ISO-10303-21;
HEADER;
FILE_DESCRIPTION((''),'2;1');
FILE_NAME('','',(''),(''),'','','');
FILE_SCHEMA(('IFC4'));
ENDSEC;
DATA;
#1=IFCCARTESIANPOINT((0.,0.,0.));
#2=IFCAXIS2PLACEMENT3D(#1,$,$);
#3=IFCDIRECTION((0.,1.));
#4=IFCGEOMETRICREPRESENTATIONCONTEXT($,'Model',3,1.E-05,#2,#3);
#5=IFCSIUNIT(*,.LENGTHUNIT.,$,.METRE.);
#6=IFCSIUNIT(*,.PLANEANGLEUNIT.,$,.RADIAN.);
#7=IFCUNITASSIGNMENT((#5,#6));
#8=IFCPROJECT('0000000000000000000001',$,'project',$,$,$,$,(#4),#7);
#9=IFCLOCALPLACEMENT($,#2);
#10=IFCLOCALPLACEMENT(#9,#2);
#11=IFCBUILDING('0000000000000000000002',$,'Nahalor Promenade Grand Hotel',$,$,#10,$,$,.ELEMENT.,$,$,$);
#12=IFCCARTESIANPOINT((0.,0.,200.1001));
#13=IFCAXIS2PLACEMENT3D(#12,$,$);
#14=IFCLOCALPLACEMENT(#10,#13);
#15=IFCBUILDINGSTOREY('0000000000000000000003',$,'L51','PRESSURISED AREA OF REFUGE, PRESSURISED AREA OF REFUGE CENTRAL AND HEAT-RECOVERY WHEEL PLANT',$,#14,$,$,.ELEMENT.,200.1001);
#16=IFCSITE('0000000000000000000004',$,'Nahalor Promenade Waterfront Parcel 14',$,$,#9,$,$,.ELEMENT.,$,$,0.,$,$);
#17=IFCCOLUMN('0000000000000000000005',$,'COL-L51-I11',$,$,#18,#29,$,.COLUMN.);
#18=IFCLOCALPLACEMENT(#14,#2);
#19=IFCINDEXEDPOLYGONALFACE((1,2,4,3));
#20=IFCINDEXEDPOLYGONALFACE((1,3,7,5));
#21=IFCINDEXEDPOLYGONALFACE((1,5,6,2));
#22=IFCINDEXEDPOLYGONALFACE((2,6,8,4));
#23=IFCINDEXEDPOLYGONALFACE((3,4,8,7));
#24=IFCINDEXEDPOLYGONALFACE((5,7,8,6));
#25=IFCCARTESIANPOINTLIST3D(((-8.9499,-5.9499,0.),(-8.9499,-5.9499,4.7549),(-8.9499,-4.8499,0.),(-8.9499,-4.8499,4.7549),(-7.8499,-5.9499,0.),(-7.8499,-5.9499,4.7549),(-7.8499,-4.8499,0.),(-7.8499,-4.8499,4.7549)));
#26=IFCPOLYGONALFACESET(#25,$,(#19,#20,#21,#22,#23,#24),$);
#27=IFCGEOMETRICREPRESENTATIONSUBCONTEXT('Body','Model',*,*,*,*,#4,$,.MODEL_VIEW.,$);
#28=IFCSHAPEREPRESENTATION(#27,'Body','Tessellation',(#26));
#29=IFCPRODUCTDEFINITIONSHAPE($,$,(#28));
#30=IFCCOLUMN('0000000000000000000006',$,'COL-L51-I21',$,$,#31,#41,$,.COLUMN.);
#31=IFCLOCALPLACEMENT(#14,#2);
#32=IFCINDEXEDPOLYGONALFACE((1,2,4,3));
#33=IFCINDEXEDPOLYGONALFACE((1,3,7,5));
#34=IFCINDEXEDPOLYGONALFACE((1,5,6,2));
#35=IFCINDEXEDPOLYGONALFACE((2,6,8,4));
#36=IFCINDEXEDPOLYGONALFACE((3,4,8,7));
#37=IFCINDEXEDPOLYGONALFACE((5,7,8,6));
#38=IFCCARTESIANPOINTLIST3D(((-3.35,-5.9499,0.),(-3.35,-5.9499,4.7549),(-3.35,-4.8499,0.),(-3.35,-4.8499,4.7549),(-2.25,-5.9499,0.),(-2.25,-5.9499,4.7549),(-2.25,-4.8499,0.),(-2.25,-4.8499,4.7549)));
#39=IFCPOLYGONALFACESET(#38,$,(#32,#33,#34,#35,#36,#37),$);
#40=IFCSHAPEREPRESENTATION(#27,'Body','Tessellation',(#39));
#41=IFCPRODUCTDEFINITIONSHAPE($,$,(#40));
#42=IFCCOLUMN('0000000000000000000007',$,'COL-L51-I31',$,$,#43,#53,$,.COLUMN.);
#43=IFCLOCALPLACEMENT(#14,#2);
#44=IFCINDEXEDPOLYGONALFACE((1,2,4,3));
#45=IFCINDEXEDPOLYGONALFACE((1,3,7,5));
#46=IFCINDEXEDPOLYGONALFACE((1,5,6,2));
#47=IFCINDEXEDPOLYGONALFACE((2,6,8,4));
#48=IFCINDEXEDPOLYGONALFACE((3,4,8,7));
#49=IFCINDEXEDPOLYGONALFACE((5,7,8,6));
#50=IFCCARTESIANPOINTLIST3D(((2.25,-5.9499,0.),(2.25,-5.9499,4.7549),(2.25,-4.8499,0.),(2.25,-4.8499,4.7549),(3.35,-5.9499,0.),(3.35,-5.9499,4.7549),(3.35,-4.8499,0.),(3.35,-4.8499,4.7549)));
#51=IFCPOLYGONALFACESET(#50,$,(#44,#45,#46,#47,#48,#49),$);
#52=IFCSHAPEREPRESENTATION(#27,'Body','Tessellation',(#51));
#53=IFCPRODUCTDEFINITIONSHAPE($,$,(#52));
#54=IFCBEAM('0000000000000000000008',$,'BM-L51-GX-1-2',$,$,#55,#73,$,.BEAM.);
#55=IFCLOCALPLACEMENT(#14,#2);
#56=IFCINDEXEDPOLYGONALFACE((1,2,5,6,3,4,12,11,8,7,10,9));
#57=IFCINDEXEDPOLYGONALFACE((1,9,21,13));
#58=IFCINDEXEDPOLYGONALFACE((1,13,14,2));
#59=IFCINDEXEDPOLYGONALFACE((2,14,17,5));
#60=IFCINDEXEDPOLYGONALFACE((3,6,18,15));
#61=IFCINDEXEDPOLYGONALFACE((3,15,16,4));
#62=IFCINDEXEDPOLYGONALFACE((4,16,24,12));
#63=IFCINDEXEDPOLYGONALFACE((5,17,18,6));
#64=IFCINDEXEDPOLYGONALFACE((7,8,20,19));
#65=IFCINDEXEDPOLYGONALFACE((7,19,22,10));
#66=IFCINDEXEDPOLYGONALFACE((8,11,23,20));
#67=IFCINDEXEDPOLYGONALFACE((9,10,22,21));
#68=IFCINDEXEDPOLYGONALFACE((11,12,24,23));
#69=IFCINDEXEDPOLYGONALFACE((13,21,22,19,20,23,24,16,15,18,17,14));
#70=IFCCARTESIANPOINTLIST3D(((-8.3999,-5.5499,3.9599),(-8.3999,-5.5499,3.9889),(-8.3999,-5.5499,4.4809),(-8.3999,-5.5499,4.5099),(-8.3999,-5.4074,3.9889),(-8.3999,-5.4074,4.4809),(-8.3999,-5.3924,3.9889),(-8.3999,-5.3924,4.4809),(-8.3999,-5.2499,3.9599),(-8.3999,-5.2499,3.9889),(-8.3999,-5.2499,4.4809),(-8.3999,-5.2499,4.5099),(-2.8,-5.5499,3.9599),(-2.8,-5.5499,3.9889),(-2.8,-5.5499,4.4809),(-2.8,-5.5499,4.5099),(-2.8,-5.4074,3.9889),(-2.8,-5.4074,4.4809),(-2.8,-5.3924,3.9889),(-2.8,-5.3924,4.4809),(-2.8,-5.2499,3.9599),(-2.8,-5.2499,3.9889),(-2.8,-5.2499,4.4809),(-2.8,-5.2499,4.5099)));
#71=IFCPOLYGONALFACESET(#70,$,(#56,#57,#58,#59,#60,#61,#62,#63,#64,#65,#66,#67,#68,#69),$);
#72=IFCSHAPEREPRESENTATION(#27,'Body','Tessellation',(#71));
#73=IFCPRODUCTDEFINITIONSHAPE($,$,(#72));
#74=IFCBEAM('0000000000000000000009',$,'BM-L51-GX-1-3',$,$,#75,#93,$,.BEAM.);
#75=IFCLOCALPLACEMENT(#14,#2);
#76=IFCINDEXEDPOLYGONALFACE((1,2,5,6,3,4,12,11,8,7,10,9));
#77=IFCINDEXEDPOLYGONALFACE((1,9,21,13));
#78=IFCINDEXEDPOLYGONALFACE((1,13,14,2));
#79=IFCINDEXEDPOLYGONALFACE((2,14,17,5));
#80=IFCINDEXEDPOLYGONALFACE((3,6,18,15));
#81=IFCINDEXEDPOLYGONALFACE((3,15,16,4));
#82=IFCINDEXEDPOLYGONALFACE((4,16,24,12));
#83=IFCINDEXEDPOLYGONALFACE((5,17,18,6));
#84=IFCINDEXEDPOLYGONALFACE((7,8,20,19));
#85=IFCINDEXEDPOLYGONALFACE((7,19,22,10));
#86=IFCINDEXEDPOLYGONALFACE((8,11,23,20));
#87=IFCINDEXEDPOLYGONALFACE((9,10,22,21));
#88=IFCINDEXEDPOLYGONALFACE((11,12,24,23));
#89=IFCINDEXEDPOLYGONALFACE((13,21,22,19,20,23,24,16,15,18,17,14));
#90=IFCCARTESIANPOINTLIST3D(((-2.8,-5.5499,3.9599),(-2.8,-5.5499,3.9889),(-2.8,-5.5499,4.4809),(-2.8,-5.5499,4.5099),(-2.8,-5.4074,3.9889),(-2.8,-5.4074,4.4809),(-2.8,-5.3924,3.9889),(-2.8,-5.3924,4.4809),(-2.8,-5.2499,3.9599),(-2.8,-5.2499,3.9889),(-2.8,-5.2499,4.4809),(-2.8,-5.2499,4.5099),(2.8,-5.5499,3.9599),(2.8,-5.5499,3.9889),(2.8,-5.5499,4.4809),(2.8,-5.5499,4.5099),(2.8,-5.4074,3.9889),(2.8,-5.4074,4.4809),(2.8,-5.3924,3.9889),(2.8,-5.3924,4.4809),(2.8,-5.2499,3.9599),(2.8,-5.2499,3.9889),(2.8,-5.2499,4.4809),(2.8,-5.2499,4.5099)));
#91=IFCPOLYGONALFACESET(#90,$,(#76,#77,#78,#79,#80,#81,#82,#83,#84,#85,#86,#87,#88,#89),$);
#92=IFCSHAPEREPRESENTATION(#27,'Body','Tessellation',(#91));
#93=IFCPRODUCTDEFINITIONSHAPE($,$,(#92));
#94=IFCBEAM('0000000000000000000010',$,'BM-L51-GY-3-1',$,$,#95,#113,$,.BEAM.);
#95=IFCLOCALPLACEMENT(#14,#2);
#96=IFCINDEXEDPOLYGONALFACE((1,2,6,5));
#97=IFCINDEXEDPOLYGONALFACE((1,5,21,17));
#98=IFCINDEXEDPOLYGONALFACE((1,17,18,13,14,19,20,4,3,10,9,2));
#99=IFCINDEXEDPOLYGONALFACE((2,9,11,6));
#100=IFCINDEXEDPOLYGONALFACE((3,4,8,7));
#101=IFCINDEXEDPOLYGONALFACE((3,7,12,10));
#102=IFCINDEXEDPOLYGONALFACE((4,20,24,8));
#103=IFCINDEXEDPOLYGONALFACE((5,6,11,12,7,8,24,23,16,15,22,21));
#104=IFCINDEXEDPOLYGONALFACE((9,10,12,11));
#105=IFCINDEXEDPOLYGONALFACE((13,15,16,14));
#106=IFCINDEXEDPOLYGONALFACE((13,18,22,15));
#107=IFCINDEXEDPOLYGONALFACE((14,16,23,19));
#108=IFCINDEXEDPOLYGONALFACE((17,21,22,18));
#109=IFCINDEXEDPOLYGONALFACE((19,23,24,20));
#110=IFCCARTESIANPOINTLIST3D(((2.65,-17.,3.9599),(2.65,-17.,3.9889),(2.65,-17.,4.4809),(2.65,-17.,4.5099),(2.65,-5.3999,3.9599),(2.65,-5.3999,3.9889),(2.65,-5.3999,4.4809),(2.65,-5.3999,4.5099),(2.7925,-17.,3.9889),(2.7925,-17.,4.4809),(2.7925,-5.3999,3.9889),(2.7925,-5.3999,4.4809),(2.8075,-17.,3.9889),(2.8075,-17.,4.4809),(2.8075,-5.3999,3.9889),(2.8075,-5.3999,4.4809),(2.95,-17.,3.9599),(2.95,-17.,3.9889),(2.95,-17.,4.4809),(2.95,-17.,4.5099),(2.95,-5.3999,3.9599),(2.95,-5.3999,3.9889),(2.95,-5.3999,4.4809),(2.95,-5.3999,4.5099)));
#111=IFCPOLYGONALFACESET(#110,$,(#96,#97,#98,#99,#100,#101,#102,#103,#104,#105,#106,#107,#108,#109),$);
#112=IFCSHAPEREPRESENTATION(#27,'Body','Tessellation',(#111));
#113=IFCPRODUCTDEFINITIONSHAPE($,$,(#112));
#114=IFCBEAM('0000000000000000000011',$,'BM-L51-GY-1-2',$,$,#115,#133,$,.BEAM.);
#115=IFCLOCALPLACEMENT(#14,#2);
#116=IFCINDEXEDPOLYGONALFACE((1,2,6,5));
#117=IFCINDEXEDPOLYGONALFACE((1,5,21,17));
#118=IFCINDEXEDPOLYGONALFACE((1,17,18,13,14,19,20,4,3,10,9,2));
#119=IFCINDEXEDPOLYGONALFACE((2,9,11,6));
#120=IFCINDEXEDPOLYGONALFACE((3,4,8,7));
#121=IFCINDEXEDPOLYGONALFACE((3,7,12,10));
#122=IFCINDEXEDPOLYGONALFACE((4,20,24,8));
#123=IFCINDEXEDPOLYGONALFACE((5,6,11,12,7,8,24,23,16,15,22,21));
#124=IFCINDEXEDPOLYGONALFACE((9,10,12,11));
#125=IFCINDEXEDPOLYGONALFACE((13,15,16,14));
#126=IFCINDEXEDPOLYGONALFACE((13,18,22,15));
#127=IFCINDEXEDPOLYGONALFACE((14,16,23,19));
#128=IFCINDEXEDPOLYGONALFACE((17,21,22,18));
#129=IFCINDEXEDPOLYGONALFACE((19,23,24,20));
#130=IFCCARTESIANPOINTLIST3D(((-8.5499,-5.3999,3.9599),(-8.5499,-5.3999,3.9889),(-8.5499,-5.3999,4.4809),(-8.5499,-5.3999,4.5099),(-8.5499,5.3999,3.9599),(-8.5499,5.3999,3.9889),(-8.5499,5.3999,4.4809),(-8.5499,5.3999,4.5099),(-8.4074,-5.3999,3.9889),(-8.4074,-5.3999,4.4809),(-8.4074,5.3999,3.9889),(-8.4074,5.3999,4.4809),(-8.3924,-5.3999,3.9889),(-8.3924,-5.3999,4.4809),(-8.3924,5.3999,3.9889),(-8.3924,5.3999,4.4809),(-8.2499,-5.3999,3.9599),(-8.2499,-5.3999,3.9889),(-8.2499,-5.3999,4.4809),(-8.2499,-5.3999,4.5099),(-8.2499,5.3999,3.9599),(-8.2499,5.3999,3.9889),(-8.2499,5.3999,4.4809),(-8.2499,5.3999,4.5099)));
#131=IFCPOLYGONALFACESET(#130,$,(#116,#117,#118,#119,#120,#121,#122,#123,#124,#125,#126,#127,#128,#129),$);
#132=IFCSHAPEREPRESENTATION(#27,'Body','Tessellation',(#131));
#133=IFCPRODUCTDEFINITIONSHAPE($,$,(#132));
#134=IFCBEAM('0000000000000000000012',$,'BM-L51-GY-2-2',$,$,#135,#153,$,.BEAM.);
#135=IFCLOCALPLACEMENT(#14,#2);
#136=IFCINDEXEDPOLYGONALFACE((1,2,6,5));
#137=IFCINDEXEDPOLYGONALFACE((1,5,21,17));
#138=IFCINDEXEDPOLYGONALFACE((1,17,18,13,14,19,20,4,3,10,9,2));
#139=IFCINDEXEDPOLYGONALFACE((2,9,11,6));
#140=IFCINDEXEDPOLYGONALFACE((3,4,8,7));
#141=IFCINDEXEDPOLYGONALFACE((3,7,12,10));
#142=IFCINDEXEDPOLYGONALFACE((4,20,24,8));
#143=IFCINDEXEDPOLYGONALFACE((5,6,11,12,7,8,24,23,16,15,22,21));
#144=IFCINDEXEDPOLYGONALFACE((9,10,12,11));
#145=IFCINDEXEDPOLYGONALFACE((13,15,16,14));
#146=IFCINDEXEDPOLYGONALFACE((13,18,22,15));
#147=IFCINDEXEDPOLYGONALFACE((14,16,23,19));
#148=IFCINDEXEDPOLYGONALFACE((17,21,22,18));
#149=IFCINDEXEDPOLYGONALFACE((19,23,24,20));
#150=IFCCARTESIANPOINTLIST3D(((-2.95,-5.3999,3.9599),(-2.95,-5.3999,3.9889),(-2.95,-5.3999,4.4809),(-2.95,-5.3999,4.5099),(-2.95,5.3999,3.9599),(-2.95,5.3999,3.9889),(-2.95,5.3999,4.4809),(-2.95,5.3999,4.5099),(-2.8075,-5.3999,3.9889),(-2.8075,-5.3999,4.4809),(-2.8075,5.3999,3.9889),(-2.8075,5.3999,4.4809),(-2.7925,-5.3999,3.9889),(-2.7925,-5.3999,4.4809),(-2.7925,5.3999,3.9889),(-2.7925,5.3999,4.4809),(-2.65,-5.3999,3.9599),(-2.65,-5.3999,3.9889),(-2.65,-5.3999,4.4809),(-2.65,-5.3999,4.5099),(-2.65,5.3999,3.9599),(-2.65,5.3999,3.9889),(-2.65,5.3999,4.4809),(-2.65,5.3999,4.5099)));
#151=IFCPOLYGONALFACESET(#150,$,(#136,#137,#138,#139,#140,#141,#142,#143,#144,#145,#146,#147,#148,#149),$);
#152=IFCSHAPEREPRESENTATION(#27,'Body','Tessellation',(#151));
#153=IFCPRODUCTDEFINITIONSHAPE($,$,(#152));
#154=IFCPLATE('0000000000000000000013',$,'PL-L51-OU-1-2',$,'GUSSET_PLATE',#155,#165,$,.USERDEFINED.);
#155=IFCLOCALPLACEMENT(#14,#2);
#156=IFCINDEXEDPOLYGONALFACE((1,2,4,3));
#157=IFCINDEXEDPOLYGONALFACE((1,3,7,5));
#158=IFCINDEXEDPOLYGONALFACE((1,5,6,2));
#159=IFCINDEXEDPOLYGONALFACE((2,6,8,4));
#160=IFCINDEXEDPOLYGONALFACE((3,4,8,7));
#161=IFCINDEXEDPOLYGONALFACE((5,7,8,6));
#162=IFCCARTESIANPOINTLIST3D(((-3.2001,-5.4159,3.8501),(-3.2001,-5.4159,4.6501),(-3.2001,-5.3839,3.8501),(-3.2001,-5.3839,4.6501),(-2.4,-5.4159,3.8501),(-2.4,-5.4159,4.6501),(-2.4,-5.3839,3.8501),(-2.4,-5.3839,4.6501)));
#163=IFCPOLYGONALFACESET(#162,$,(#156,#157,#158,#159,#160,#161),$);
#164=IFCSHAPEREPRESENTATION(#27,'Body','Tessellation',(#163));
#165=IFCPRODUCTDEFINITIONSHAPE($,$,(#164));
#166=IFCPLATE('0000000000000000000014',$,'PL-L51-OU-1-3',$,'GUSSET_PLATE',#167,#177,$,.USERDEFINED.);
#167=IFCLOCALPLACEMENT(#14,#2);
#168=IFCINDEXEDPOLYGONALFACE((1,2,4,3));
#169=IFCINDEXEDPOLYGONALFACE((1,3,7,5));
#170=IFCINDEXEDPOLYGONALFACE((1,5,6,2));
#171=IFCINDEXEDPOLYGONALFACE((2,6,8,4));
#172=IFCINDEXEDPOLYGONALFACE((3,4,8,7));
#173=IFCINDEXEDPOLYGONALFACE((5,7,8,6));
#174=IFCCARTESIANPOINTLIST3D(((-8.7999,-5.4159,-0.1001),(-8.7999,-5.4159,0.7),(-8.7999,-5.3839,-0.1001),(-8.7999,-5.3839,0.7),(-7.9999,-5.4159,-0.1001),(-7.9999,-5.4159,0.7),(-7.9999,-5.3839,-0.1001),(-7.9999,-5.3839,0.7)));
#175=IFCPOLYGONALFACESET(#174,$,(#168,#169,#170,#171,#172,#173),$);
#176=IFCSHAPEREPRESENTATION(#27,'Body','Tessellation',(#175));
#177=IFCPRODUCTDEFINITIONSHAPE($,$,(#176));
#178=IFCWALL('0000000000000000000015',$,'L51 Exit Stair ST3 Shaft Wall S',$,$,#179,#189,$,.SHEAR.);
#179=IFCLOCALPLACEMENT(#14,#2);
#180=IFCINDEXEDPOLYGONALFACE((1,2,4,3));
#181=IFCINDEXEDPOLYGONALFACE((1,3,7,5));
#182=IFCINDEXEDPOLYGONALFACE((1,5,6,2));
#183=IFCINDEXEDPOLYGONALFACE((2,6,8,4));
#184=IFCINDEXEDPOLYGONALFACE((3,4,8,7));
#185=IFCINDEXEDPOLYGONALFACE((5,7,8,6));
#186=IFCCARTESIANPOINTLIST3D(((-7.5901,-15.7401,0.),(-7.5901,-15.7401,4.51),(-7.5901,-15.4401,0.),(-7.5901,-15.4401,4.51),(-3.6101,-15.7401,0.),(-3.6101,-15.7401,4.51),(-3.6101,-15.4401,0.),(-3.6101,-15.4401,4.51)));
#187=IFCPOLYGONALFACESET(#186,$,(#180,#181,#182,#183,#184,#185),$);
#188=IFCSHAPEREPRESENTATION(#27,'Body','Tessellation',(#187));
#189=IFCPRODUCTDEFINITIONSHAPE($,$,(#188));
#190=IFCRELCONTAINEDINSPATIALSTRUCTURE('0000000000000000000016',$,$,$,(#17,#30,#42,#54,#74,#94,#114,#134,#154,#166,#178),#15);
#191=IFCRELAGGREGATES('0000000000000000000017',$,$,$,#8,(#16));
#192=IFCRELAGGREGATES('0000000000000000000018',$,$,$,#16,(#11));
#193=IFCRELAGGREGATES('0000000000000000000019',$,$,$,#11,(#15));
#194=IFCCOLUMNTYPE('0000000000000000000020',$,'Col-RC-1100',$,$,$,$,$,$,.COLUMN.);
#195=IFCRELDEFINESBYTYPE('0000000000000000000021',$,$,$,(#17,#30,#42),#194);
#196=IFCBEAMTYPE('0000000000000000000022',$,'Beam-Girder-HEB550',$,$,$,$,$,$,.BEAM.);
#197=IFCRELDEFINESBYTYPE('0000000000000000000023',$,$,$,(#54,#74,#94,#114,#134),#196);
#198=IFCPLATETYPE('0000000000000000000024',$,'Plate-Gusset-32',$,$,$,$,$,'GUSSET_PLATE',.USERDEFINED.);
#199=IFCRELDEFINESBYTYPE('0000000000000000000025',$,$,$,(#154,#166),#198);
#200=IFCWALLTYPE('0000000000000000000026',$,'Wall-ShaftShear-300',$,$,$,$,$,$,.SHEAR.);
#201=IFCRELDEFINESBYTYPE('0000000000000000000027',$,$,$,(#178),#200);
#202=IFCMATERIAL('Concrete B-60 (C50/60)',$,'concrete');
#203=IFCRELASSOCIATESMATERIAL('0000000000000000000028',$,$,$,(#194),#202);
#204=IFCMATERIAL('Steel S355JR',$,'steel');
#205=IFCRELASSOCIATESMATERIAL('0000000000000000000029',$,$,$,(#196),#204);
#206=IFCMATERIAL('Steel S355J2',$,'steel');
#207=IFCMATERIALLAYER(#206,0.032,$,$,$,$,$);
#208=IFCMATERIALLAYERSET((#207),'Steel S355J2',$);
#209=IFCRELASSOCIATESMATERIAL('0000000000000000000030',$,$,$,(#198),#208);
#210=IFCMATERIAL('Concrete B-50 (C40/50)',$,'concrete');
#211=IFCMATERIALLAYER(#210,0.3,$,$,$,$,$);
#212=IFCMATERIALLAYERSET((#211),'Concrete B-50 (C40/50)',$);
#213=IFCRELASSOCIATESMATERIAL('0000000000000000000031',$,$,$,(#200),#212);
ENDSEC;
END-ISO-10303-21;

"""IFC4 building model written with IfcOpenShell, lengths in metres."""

from ifc_helpers import new_model, si_unit, direction, frame, frame_2d, origin, origin_2d, place, context, subcontext, project, spatial, rectangle, i_section, extrude, source, transform, mapped, material, layer, layer_set, material_profile, profile_set, type_object, element, save


model = new_model("IFC4")

# Units and contexts
model_context = context("Model", 3, precision=1e-05, world=origin(), true_north=direction((0.0, 1.0)))
body_context = subcontext(model_context, "Body", "Model", "MODEL_VIEW")
ifc_project = project(units=[si_unit("LENGTHUNIT", "METRE"), si_unit("PLANEANGLEUNIT", "RADIAN")], contexts=[model_context])

# Site, building, storey
site_placement = place(None, origin())
site = spatial("IfcSite", under=ifc_project, at=site_placement, Name="Nahalor Promenade Waterfront Parcel 14", CompositionType="ELEMENT", RefElevation=0.0)
building_placement = place(site_placement, origin())
building = spatial("IfcBuilding", under=site, at=building_placement, Name="Nahalor Promenade Grand Hotel", CompositionType="ELEMENT")
storey_placement = place(building_placement, frame((0.0, 0.0, 200.1001)))
storey = spatial("IfcBuildingStorey", under=building, at=storey_placement, Name="L51", Description="PRESSURISED AREA OF REFUGE, PRESSURISED AREA OF REFUGE CENTRAL AND HEAT-RECOVERY WHEEL PLANT", CompositionType="ELEMENT", Elevation=200.1001)

# Columns
ifc_material_1 = material(Name="Concrete B-60 (C50/60)", Category="concrete")
ifc_material_profile_1 = material_profile(ifc_material_1, rectangle(XDim=1.1, YDim=1.1, at=origin_2d()), Name="RC 1100x1100")
ifc_profile_set_1 = profile_set([ifc_material_profile_1], Name="Concrete B-60 (C50/60)")
column_type = type_object("IfcColumnType", Name="Col-RC-1100", PredefinedType="COLUMN", material=ifc_profile_set_1)
shared_shape_1 = source(origin(), body_context, "Body", "SweptSolid", [
    extrude(rectangle(XDim=1.1, YDim=1.1, at=origin_2d()), origin(), (0.0, 0.0, 1.0), 4.7549),
])
for number, where, z_axis, x_axis, name in (
    (1, (-8.3999, -5.3999, 0.0), (0.0, 0.0, 1.0), (1.0, 0.0, 0.0), "COL-L51-I11"),
    (2, (-2.8, -5.3999, 0.0), (0.0, 0.0, 1.0), (1.0, 0.0, 0.0), "COL-L51-I21"),
    (3, (2.8, -5.3999, 0.0), (0.0, 0.0, 1.0), (1.0, 0.0, 0.0), "COL-L51-I31"),
):
    element("IfcColumn", number, at=place(storey_placement, frame(where, z_axis=z_axis, x_axis=x_axis)), inside=storey, type_object=column_type, Name=name, PredefinedType="COLUMN", context=body_context, shape_type="MappedRepresentation", body=[
        mapped(shared_shape_1, transform((0.0, 0.0, 0.0), scale=1.0)),
    ])

# Beams
ifc_material_2 = material(Name="Steel S355JR", Category="steel")
ifc_material_profile_2 = material_profile(ifc_material_2, i_section(OverallWidth=0.3, OverallDepth=0.55, WebThickness=0.015, FlangeThickness=0.029, at=origin_2d()), Name="HEB 550")
ifc_profile_set_2 = profile_set([ifc_material_profile_2], Name="Steel S355JR")
beam_type = type_object("IfcBeamType", Name="Beam-Girder-HEB550", PredefinedType="BEAM", material=ifc_profile_set_2)
shared_shape_2 = source(origin(), body_context, "Body", "SweptSolid", [
    extrude(i_section(OverallWidth=0.3, OverallDepth=0.55, WebThickness=0.015, FlangeThickness=0.029, at=origin_2d()), origin(), (0.0, 0.0, 1.0), 5.5999),
])
beam_1_placement = place(storey_placement, frame((-8.3999, -5.3999, 4.2349), z_axis=(1.0, 0.0, 0.0), x_axis=(0.0, 1.0, 0.0)))
element("IfcBeam", 4, at=beam_1_placement, inside=storey, type_object=beam_type, Name="BM-L51-GX-1-2", PredefinedType="BEAM", context=body_context, shape_type="MappedRepresentation", body=[
    mapped(shared_shape_2, transform((0.0, 0.0, 0.0), scale=1.0)),
])
shared_shape_3 = source(origin(), body_context, "Body", "SweptSolid", [
    extrude(i_section(OverallWidth=0.3, OverallDepth=0.55, WebThickness=0.015, FlangeThickness=0.029, at=origin_2d()), origin(), (0.0, 0.0, 1.0), 5.6001),
])
beam_2_placement = place(storey_placement, frame((-2.8, -5.3999, 4.2349), z_axis=(1.0, 0.0, 0.0), x_axis=(0.0, 1.0, 0.0)))
element("IfcBeam", 5, at=beam_2_placement, inside=storey, type_object=beam_type, Name="BM-L51-GX-1-3", PredefinedType="BEAM", context=body_context, shape_type="MappedRepresentation", body=[
    mapped(shared_shape_3, transform((0.0, 0.0, 0.0), scale=1.0)),
])
shared_shape_4 = source(origin(), body_context, "Body", "SweptSolid", [
    extrude(i_section(OverallWidth=0.3, OverallDepth=0.55, WebThickness=0.015, FlangeThickness=0.029, at=origin_2d()), origin(), (0.0, 0.0, 1.0), 11.6001),
])
beam_3_placement = place(storey_placement, frame((2.8, -17.0, 4.2349), z_axis=(0.0, 1.0, 0.0), x_axis=(-1.0, 0.0, 0.0)))
element("IfcBeam", 6, at=beam_3_placement, inside=storey, type_object=beam_type, Name="BM-L51-GY-3-1", PredefinedType="BEAM", context=body_context, shape_type="MappedRepresentation", body=[
    mapped(shared_shape_4, transform((0.0, 0.0, 0.0), scale=1.0)),
])
shared_shape_5 = source(origin(), body_context, "Body", "SweptSolid", [
    extrude(i_section(OverallWidth=0.3, OverallDepth=0.55, WebThickness=0.015, FlangeThickness=0.029, at=origin_2d()), origin(), (0.0, 0.0, 1.0), 10.7998),
])
for number, where, z_axis, x_axis, name in (
    (7, (-8.3999, -5.3999, 4.2349), (0.0, 1.0, 0.0), (-1.0, 0.0, 0.0), "BM-L51-GY-1-2"),
    (8, (-2.8, -5.3999, 4.2349), (0.0, 1.0, 0.0), (-1.0, 0.0, 0.0), "BM-L51-GY-2-2"),
):
    element("IfcBeam", number, at=place(storey_placement, frame(where, z_axis=z_axis, x_axis=x_axis)), inside=storey, type_object=beam_type, Name=name, PredefinedType="BEAM", context=body_context, shape_type="MappedRepresentation", body=[
        mapped(shared_shape_5, transform((0.0, 0.0, 0.0), scale=1.0)),
    ])

# Plates
ifc_material_3 = material(Name="Steel S355J2", Category="steel")
ifc_layer_1 = layer(ifc_material_3, 0.032)
ifc_layer_set_1 = layer_set([ifc_layer_1], Name="Steel S355J2")
plate_type = type_object("IfcPlateType", Name="Plate-Gusset-32", ElementType="GUSSET_PLATE", PredefinedType="USERDEFINED", material=ifc_layer_set_1)
shared_shape_6 = source(origin(), body_context, "Body", "SweptSolid", [
    extrude(rectangle(XDim=0.8, YDim=0.032, at=origin_2d()), origin(), (0.0, 0.0, 1.0), 0.8),
])
for number, where, z_axis, x_axis, name in (
    (9, (-2.8, -5.3999, 3.8501), (0.0, 0.0, 1.0), (1.0, 0.0, 0.0), "PL-L51-OU-1-2"),
    (10, (-8.3999, -5.3999, -0.1001), (0.0, 0.0, 1.0), (1.0, 0.0, 0.0), "PL-L51-OU-1-3"),
):
    element("IfcPlate", number, at=place(storey_placement, frame(where, z_axis=z_axis, x_axis=x_axis)), inside=storey, type_object=plate_type, Name=name, ObjectType="GUSSET_PLATE", PredefinedType="USERDEFINED", context=body_context, shape_type="MappedRepresentation", body=[
        mapped(shared_shape_6, transform((0.0, 0.0, 0.0), scale=1.0)),
    ])

# Wall
ifc_material_4 = material(Name="Concrete B-50 (C40/50)", Category="concrete")
ifc_layer_2 = layer(ifc_material_4, 0.3)
ifc_layer_set_2 = layer_set([ifc_layer_2], Name="Concrete B-50 (C40/50)")
wall_type_1 = type_object("IfcWallType", Name="Wall-ShaftShear-300", PredefinedType="SHEAR", material=ifc_layer_set_2)
shared_shape_7 = source(origin(), body_context, "Body", "SweptSolid", [
    extrude(rectangle(XDim=3.98, YDim=0.3, at=frame_2d((1.99, 0.0))), origin(), (0.0, 0.0, 1.0), 4.51),
])
wall_1_placement = place(storey_placement, frame((-7.5901, -15.5901, 0.0), z_axis=(0.0, 0.0, 1.0), x_axis=(1.0, 0.0, 0.0)))
element("IfcWall", 11, at=wall_1_placement, inside=storey, type_object=wall_type_1, Name="L51 Exit Stair ST3 Shaft Wall S", PredefinedType="SHEAR", context=body_context, shape_type="MappedRepresentation", body=[
    mapped(shared_shape_7, transform((0.0, 0.0, 0.0), scale=1.0)),
])

save(model, "model.ifc")
